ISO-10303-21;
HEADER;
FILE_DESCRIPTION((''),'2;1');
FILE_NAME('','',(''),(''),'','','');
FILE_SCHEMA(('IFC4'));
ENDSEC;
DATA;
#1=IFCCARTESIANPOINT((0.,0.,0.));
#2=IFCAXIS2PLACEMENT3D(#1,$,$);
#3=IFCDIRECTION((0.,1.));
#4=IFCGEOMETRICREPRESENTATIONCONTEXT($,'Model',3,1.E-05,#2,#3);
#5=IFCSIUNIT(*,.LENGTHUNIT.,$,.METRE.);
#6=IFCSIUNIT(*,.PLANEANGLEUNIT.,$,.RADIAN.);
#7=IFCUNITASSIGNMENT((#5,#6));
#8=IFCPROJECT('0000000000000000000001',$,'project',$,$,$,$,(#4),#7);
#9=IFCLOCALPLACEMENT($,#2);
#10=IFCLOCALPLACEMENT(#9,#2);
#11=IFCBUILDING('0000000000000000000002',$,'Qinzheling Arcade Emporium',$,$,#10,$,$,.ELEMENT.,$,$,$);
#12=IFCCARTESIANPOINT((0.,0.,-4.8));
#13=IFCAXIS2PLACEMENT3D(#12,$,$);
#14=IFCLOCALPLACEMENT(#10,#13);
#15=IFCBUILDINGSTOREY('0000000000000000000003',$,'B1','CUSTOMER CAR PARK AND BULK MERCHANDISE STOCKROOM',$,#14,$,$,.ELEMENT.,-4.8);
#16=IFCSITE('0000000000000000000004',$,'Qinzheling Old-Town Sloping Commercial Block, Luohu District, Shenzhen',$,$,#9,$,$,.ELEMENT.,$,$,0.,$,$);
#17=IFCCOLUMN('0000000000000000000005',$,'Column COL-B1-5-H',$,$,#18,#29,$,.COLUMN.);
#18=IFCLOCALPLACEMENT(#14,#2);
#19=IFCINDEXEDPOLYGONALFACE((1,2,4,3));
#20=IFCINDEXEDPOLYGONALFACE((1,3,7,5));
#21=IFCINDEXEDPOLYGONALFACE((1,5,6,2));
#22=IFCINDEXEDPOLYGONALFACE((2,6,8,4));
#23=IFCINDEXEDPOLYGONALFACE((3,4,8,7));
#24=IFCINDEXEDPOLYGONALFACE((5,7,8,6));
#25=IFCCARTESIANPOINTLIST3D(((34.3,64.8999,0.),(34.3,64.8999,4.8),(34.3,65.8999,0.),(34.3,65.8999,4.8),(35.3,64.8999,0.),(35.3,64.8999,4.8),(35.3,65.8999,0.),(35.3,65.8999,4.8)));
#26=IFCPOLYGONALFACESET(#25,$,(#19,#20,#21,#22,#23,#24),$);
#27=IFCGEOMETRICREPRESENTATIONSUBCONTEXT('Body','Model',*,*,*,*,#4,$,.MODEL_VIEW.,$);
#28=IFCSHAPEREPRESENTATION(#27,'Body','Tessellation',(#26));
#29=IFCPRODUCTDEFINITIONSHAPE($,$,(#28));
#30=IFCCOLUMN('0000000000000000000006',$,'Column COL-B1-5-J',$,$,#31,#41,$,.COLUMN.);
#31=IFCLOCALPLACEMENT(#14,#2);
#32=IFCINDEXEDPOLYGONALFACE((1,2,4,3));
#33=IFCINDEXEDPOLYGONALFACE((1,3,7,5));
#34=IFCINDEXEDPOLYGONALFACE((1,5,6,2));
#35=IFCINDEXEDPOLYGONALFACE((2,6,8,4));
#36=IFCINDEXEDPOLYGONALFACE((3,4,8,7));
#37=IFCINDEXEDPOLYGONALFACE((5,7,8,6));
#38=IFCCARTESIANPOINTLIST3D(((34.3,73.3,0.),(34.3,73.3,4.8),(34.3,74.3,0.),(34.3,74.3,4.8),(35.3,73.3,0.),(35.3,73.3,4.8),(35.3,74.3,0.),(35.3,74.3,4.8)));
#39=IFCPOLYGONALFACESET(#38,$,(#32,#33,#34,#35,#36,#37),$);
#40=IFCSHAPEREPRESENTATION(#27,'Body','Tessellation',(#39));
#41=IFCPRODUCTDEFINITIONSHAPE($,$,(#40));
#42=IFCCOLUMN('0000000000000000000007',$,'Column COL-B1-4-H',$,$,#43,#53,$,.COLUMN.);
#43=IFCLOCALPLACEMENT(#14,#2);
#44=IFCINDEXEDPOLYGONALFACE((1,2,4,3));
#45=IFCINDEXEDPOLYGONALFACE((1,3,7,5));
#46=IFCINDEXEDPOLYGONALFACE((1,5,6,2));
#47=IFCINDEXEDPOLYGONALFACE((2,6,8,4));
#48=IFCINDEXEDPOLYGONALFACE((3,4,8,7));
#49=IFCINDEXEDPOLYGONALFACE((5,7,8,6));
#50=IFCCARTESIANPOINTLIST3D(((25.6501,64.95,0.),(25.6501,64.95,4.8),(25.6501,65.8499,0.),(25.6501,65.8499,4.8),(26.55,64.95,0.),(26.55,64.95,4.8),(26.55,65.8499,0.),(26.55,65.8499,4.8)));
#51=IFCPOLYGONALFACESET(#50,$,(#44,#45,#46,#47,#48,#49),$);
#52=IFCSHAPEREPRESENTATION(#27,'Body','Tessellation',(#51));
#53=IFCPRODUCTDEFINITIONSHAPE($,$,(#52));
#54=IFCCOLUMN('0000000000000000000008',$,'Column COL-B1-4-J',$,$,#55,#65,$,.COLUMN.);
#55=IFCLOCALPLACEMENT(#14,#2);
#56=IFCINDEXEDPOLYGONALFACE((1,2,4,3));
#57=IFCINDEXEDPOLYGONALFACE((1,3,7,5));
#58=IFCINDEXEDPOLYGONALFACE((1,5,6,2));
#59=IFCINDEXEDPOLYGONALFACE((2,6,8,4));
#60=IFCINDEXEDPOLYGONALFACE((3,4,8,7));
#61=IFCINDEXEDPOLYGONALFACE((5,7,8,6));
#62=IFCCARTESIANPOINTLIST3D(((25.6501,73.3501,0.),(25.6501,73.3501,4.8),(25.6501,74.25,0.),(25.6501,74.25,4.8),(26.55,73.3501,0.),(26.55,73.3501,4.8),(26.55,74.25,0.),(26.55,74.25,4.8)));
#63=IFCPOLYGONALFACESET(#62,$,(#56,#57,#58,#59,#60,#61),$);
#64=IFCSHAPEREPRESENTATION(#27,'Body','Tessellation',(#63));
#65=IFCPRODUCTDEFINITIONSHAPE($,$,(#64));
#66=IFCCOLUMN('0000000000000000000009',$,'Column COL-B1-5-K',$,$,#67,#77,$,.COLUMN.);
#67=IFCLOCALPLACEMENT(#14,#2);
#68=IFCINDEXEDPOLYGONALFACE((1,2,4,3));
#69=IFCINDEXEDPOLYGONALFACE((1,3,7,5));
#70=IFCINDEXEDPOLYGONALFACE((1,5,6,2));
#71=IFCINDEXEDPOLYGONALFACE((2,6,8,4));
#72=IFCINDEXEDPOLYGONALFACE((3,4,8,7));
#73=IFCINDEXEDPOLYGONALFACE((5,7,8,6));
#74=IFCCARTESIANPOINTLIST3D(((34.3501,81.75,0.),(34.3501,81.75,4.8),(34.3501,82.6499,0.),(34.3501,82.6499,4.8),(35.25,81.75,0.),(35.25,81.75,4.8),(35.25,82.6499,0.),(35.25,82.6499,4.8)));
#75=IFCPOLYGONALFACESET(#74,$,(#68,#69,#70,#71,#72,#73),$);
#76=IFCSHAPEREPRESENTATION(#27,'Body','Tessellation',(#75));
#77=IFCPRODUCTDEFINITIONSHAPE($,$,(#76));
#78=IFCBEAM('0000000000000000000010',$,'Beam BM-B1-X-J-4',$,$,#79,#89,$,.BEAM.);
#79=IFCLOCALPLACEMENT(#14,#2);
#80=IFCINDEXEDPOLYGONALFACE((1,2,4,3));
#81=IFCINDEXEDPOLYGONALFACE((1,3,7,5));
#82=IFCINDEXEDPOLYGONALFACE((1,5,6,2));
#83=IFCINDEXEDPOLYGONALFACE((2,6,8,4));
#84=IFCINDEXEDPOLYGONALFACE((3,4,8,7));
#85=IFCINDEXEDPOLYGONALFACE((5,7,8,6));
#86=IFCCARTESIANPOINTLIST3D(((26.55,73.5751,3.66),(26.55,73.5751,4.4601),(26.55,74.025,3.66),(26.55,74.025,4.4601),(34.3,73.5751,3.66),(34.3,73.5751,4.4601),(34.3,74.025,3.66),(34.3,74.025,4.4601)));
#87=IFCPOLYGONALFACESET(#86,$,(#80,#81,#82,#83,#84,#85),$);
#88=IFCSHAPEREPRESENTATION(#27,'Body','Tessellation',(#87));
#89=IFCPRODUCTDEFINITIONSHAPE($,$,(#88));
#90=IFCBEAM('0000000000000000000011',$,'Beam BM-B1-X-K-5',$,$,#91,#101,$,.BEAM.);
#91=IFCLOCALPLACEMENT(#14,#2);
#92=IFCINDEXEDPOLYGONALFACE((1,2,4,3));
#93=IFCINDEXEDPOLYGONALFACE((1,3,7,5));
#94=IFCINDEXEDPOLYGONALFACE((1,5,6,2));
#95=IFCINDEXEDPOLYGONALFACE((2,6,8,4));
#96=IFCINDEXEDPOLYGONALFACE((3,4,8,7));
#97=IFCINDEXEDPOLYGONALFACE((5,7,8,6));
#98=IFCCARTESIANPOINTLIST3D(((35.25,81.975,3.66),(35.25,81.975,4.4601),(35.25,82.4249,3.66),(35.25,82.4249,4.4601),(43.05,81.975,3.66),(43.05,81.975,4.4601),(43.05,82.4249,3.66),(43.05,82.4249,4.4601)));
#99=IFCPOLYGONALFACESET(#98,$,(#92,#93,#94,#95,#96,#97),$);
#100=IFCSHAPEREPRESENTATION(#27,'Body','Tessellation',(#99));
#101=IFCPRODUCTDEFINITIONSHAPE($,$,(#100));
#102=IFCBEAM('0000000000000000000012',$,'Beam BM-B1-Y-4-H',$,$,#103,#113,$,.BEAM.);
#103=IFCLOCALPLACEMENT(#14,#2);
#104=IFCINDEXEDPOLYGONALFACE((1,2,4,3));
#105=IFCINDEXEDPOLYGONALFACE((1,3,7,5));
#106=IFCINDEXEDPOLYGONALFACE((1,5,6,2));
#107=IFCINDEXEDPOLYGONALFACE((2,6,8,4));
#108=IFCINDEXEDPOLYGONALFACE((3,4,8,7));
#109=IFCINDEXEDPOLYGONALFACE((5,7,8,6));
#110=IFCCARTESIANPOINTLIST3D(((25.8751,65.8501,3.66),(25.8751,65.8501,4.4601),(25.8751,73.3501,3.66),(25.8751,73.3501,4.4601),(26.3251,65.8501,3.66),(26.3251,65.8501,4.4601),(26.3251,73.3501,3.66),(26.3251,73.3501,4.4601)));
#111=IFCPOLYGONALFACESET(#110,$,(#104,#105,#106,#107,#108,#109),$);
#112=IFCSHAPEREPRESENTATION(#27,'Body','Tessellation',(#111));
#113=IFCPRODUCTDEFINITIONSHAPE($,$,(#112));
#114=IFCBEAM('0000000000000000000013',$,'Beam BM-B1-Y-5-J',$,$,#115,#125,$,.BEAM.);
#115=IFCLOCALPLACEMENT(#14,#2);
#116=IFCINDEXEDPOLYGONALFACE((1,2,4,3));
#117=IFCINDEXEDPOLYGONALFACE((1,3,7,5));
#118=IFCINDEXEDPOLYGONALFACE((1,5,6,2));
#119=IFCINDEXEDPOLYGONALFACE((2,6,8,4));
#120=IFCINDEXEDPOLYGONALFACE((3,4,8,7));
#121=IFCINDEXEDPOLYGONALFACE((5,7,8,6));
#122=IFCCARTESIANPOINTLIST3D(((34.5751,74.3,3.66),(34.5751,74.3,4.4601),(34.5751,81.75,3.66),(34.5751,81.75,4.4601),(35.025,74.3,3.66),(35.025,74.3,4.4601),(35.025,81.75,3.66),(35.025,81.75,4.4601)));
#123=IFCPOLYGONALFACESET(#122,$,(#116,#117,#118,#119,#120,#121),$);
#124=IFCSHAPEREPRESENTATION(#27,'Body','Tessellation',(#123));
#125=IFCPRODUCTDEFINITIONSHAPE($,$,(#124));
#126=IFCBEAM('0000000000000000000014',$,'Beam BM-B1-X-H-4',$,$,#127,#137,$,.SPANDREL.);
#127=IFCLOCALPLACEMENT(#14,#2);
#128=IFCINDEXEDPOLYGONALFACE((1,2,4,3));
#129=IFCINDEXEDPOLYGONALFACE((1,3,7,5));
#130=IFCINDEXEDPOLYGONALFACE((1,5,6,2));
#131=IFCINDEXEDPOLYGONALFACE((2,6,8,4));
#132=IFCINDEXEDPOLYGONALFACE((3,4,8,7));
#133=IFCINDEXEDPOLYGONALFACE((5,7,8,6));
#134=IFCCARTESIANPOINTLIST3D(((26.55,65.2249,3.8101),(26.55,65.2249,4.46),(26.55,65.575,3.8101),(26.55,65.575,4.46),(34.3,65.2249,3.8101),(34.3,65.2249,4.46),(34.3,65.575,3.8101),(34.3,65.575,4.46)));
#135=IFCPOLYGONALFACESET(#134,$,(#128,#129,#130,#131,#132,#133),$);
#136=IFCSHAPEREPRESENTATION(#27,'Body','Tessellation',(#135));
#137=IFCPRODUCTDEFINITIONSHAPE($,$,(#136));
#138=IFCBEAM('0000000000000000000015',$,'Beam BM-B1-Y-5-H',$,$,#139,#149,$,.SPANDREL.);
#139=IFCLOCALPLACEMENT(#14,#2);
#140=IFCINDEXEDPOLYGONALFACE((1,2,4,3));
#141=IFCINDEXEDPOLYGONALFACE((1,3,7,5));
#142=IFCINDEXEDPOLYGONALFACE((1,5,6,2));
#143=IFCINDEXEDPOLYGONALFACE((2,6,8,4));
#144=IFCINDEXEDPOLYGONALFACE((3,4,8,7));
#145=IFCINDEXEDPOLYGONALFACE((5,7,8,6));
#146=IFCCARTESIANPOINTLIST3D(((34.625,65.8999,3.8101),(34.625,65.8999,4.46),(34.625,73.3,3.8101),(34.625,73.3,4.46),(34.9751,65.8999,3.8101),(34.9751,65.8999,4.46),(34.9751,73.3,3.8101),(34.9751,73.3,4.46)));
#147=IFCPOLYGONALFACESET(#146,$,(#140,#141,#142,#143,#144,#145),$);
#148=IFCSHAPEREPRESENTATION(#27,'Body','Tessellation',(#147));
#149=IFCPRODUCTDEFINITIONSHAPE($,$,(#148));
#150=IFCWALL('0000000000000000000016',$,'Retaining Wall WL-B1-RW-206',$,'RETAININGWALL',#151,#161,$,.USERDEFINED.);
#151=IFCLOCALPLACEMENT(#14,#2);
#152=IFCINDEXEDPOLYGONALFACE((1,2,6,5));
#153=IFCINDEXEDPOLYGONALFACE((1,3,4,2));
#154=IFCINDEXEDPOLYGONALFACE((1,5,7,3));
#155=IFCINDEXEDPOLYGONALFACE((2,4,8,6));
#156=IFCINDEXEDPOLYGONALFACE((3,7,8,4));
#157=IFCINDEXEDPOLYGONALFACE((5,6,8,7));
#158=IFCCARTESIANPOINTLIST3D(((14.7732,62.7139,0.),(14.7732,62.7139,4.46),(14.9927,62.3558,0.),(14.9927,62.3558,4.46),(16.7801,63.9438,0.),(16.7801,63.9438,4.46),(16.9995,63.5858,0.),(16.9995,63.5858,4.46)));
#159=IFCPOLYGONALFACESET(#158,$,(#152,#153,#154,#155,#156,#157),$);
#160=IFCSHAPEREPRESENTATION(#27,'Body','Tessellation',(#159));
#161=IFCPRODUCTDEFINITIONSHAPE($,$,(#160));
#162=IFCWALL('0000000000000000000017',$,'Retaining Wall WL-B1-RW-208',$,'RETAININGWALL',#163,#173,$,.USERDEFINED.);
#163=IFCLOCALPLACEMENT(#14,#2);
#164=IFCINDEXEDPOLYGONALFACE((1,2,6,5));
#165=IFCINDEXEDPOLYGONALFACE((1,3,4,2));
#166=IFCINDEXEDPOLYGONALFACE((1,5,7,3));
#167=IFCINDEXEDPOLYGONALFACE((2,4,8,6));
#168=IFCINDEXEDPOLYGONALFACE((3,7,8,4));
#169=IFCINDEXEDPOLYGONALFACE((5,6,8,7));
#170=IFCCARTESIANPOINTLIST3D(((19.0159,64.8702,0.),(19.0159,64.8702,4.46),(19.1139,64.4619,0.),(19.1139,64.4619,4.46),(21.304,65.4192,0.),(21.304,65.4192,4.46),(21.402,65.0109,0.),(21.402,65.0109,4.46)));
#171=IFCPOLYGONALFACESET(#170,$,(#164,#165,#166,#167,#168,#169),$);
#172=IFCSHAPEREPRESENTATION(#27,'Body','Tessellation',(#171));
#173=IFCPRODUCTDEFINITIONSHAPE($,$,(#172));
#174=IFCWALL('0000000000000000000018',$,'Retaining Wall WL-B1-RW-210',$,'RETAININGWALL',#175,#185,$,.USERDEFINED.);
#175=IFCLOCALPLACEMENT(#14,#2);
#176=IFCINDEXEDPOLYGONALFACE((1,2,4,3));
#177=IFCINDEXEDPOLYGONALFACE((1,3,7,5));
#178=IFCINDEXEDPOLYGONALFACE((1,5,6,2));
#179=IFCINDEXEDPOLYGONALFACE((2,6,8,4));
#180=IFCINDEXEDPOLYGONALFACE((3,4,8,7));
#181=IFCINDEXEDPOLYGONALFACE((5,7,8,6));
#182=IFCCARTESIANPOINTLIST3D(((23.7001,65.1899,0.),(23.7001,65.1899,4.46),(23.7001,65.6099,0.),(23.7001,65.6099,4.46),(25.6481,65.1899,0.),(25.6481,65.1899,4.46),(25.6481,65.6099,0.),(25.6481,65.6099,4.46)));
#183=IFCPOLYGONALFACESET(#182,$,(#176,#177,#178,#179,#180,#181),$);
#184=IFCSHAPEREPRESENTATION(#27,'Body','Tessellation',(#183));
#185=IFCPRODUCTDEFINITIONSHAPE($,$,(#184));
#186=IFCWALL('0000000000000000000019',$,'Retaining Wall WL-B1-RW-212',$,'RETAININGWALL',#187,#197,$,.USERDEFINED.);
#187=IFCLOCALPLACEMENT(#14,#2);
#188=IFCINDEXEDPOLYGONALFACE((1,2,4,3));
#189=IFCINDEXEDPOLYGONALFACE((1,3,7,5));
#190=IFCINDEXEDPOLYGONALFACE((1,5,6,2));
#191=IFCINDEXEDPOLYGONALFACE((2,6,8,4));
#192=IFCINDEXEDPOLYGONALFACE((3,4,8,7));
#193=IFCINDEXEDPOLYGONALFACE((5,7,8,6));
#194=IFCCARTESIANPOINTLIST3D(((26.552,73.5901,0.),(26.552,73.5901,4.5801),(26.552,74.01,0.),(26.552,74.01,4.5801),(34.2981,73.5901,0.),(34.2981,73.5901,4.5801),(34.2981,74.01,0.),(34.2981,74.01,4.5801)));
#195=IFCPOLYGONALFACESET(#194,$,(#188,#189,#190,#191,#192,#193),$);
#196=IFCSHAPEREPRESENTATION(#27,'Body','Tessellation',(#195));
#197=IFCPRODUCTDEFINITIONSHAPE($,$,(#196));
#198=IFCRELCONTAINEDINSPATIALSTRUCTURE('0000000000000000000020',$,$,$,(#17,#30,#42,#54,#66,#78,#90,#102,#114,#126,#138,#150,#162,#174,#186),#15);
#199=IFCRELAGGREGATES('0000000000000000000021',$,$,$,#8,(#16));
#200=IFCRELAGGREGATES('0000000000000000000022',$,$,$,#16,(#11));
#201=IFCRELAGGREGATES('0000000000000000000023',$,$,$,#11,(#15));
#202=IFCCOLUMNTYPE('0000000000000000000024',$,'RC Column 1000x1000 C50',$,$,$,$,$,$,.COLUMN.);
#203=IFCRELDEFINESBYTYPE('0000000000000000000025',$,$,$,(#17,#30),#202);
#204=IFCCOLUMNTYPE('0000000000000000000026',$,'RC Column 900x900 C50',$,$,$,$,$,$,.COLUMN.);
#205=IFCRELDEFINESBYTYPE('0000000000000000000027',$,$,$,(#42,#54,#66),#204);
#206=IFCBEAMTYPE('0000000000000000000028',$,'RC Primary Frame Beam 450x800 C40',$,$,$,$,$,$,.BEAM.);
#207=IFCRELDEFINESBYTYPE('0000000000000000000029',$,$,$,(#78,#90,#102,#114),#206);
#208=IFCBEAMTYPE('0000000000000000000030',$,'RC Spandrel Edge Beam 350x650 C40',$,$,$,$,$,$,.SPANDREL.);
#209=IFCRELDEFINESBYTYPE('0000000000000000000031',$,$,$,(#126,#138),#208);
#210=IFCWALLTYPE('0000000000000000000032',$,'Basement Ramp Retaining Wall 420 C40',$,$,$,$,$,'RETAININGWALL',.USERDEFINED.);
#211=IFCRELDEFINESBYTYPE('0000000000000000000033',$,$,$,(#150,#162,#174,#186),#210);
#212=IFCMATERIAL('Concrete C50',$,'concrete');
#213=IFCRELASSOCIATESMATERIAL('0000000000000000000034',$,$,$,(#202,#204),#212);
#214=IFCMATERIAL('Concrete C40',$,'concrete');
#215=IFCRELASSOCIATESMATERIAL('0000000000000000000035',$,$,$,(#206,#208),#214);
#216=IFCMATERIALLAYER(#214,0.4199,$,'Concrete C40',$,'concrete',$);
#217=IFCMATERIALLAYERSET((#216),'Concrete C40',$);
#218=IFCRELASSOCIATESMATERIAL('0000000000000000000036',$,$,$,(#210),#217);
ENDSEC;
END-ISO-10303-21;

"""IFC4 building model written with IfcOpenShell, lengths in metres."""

from ifc_helpers import new_model, si_unit, direction, frame, frame_2d, origin, origin_2d, place, context, subcontext, project, spatial, rectangle, extrude, material, layer, layer_set, material_profile, profile_set, type_object, element, save


model = new_model("IFC4")

# Units and contexts
model_context = context("Model", 3, precision=1e-05, world=origin(), true_north=direction((0.0, 1.0)))
body_context = subcontext(model_context, "Body", "Model", "MODEL_VIEW")
ifc_project = project(units=[si_unit("LENGTHUNIT", "METRE"), si_unit("PLANEANGLEUNIT", "RADIAN")], contexts=[model_context])

# Site, building, storey
site_placement = place(None, origin())
site = spatial("IfcSite", under=ifc_project, at=site_placement, Name="Qinzheling Old-Town Sloping Commercial Block, Luohu District, Shenzhen", CompositionType="ELEMENT", RefElevation=0.0)
building_placement = place(site_placement, origin())
building = spatial("IfcBuilding", under=site, at=building_placement, Name="Qinzheling Arcade Emporium", CompositionType="ELEMENT")
storey_placement = place(building_placement, frame((0.0, 0.0, -4.8)))
storey = spatial("IfcBuildingStorey", under=building, at=storey_placement, Name="B1", Description="CUSTOMER CAR PARK AND BULK MERCHANDISE STOCKROOM", CompositionType="ELEMENT", Elevation=-4.8)

# Columns
ifc_material_1 = material(Name="Concrete C50", Category="concrete")
ifc_material_profile_1 = material_profile(ifc_material_1, rectangle(XDim=1.0, YDim=1.0, at=origin_2d()), Name="RC 1000x1000", Category="concrete")
ifc_profile_set_1 = profile_set([ifc_material_profile_1], Name="Concrete C50")
column_type_1 = type_object("IfcColumnType", Name="RC Column 1000x1000 C50", PredefinedType="COLUMN", material=ifc_profile_set_1)
for number, where, z_axis, x_axis, name in (
    (1, (34.8, 65.3999, 0.0), (0.0, 0.0, 1.0), (1.0, 0.0, 0.0), "Column COL-B1-5-H"),
    (2, (34.8, 73.8, 0.0), (0.0, 0.0, 1.0), (1.0, 0.0, 0.0), "Column COL-B1-5-J"),
):
    element("IfcColumn", number, at=place(storey_placement, frame(where, z_axis=z_axis, x_axis=x_axis)), inside=storey, type_object=column_type_1, Name=name, PredefinedType="COLUMN", context=body_context, shape_type="SweptSolid", body=[
        extrude(rectangle(XDim=1.0, YDim=1.0, at=origin_2d()), origin(), (0.0, 0.0, 1.0), 4.8),
    ])
ifc_material_profile_2 = material_profile(ifc_material_1, rectangle(XDim=0.8999, YDim=0.8999, at=origin_2d()), Name="RC 900x900", Category="concrete")
ifc_profile_set_2 = profile_set([ifc_material_profile_2], Name="Concrete C50")
column_type_2 = type_object("IfcColumnType", Name="RC Column 900x900 C50", PredefinedType="COLUMN", material=ifc_profile_set_2)
for number, where, z_axis, x_axis, name in (
    (3, (26.1001, 65.3999, 0.0), (0.0, 0.0, 1.0), (1.0, 0.0, 0.0), "Column COL-B1-4-H"),
    (4, (26.1001, 73.8, 0.0), (0.0, 0.0, 1.0), (1.0, 0.0, 0.0), "Column COL-B1-4-J"),
    (5, (34.8, 82.2, 0.0), (0.0, 0.0, 1.0), (1.0, 0.0, 0.0), "Column COL-B1-5-K"),
):
    element("IfcColumn", number, at=place(storey_placement, frame(where, z_axis=z_axis, x_axis=x_axis)), inside=storey, type_object=column_type_2, Name=name, PredefinedType="COLUMN", context=body_context, shape_type="SweptSolid", body=[
        extrude(rectangle(XDim=0.8999, YDim=0.8999, at=origin_2d()), origin(), (0.0, 0.0, 1.0), 4.8),
    ])

# Beams
ifc_material_2 = material(Name="Concrete C40", Category="concrete")
ifc_material_profile_3 = material_profile(ifc_material_2, rectangle(XDim=0.45, YDim=0.8, at=origin_2d()), Name="RC 450x800", Category="concrete")
ifc_profile_set_3 = profile_set([ifc_material_profile_3], Name="Concrete C40")
beam_type_1 = type_object("IfcBeamType", Name="RC Primary Frame Beam 450x800 C40", PredefinedType="BEAM", material=ifc_profile_set_3)
beam_1_placement = place(storey_placement, frame((26.55, 73.8, 4.0601), z_axis=(1.0, 0.0, 0.0), x_axis=(0.0, 1.0, 0.0)))
element("IfcBeam", 6, at=beam_1_placement, inside=storey, type_object=beam_type_1, Name="Beam BM-B1-X-J-4", PredefinedType="BEAM", context=body_context, shape_type="SweptSolid", body=[
    extrude(rectangle(XDim=0.45, YDim=0.8, at=origin_2d()), origin(), (0.0, 0.0, 1.0), 7.75),
])
beam_2_placement = place(storey_placement, frame((35.25, 82.2, 4.0601), z_axis=(1.0, 0.0, 0.0), x_axis=(0.0, 1.0, 0.0)))
element("IfcBeam", 7, at=beam_2_placement, inside=storey, type_object=beam_type_1, Name="Beam BM-B1-X-K-5", PredefinedType="BEAM", context=body_context, shape_type="SweptSolid", body=[
    extrude(rectangle(XDim=0.45, YDim=0.8, at=origin_2d()), origin(), (0.0, 0.0, 1.0), 7.8),
])
beam_3_placement = place(storey_placement, frame((26.1001, 65.8501, 4.0601), z_axis=(0.0, 1.0, 0.0), x_axis=(-1.0, 0.0, 0.0)))
element("IfcBeam", 8, at=beam_3_placement, inside=storey, type_object=beam_type_1, Name="Beam BM-B1-Y-4-H", PredefinedType="BEAM", context=body_context, shape_type="SweptSolid", body=[
    extrude(rectangle(XDim=0.45, YDim=0.8, at=origin_2d()), origin(), (0.0, 0.0, 1.0), 7.5),
])
beam_4_placement = place(storey_placement, frame((34.8, 74.3, 4.0601), z_axis=(0.0, 1.0, 0.0), x_axis=(-1.0, 0.0, 0.0)))
element("IfcBeam", 9, at=beam_4_placement, inside=storey, type_object=beam_type_1, Name="Beam BM-B1-Y-5-J", PredefinedType="BEAM", context=body_context, shape_type="SweptSolid", body=[
    extrude(rectangle(XDim=0.45, YDim=0.8, at=origin_2d()), origin(), (0.0, 0.0, 1.0), 7.45),
])
ifc_material_profile_4 = material_profile(ifc_material_2, rectangle(XDim=0.3501, YDim=0.6499, at=origin_2d()), Name="RC 350x650", Category="concrete")
ifc_profile_set_4 = profile_set([ifc_material_profile_4], Name="Concrete C40")
beam_type_2 = type_object("IfcBeamType", Name="RC Spandrel Edge Beam 350x650 C40", PredefinedType="SPANDREL", material=ifc_profile_set_4)
beam_5_placement = place(storey_placement, frame((26.55, 65.3999, 4.135), z_axis=(1.0, 0.0, 0.0), x_axis=(0.0, 1.0, 0.0)))
element("IfcBeam", 10, at=beam_5_placement, inside=storey, type_object=beam_type_2, Name="Beam BM-B1-X-H-4", PredefinedType="SPANDREL", context=body_context, shape_type="SweptSolid", body=[
    extrude(rectangle(XDim=0.3501, YDim=0.6499, at=origin_2d()), origin(), (0.0, 0.0, 1.0), 7.75),
])
beam_6_placement = place(storey_placement, frame((34.8, 65.8999, 4.135), z_axis=(0.0, 1.0, 0.0), x_axis=(-1.0, 0.0, 0.0)))
element("IfcBeam", 11, at=beam_6_placement, inside=storey, type_object=beam_type_2, Name="Beam BM-B1-Y-5-H", PredefinedType="SPANDREL", context=body_context, shape_type="SweptSolid", body=[
    extrude(rectangle(XDim=0.3501, YDim=0.6499, at=origin_2d()), origin(), (0.0, 0.0, 1.0), 7.4001),
])

# Walls
ifc_layer_1 = layer(ifc_material_2, 0.4199, Name="Concrete C40", Category="concrete")
ifc_layer_set_1 = layer_set([ifc_layer_1], Name="Concrete C40")
wall_type_1 = type_object("IfcWallType", Name="Basement Ramp Retaining Wall 420 C40", ElementType="RETAININGWALL", PredefinedType="USERDEFINED", material=ifc_layer_set_1)
wall_1_placement = place(storey_placement, frame((14.8831, 62.5349, 0.0), z_axis=(0.0, 0.0, 1.0), x_axis=(0.852604, 0.522557, 0.0)))
element("IfcWall", 12, at=wall_1_placement, inside=storey, type_object=wall_type_1, Name="Retaining Wall WL-B1-RW-206", ObjectType="RETAININGWALL", PredefinedType="USERDEFINED", context=body_context, shape_type="SweptSolid", body=[
    extrude(rectangle(XDim=2.3538, YDim=0.4199, at=frame_2d((1.1768, 0.0))), origin(), (0.0, 0.0, 1.0), 4.46),
])
wall_2_placement = place(storey_placement, frame((19.0649, 64.666, 0.0), z_axis=(0.0, 0.0, 1.0), x_axis=(0.972394, 0.233345, 0.0)))
element("IfcWall", 13, at=wall_2_placement, inside=storey, type_object=wall_type_1, Name="Retaining Wall WL-B1-RW-208", ObjectType="RETAININGWALL", PredefinedType="USERDEFINED", context=body_context, shape_type="SweptSolid", body=[
    extrude(rectangle(XDim=2.353, YDim=0.4199, at=frame_2d((1.1765, 0.0))), origin(), (0.0, 0.0, 1.0), 4.46),
])
wall_3_placement = place(storey_placement, frame((23.7, 65.3999, 0.0), z_axis=(0.0, 0.0, 1.0), x_axis=(1.0, 0.0, 0.0)))
element("IfcWall", 14, at=wall_3_placement, inside=storey, type_object=wall_type_1, Name="Retaining Wall WL-B1-RW-210", ObjectType="RETAININGWALL", PredefinedType="USERDEFINED", context=body_context, shape_type="SweptSolid", body=[
    extrude(rectangle(XDim=1.948, YDim=0.4199, at=frame_2d((0.9741, 0.0))), origin(), (0.0, 0.0, 1.0), 4.46),
])
wall_4_placement = place(storey_placement, frame((26.552, 73.8, 0.0), z_axis=(0.0, 0.0, 1.0), x_axis=(1.0, 0.0, 0.0)))
element("IfcWall", 15, at=wall_4_placement, inside=storey, type_object=wall_type_1, Name="Retaining Wall WL-B1-RW-212", ObjectType="RETAININGWALL", PredefinedType="USERDEFINED", context=body_context, shape_type="SweptSolid", body=[
    extrude(rectangle(XDim=7.7461, YDim=0.4199, at=frame_2d((3.873, 0.0))), origin(), (0.0, 0.0, 1.0), 4.5801),
])

save(model, "model.ifc")
